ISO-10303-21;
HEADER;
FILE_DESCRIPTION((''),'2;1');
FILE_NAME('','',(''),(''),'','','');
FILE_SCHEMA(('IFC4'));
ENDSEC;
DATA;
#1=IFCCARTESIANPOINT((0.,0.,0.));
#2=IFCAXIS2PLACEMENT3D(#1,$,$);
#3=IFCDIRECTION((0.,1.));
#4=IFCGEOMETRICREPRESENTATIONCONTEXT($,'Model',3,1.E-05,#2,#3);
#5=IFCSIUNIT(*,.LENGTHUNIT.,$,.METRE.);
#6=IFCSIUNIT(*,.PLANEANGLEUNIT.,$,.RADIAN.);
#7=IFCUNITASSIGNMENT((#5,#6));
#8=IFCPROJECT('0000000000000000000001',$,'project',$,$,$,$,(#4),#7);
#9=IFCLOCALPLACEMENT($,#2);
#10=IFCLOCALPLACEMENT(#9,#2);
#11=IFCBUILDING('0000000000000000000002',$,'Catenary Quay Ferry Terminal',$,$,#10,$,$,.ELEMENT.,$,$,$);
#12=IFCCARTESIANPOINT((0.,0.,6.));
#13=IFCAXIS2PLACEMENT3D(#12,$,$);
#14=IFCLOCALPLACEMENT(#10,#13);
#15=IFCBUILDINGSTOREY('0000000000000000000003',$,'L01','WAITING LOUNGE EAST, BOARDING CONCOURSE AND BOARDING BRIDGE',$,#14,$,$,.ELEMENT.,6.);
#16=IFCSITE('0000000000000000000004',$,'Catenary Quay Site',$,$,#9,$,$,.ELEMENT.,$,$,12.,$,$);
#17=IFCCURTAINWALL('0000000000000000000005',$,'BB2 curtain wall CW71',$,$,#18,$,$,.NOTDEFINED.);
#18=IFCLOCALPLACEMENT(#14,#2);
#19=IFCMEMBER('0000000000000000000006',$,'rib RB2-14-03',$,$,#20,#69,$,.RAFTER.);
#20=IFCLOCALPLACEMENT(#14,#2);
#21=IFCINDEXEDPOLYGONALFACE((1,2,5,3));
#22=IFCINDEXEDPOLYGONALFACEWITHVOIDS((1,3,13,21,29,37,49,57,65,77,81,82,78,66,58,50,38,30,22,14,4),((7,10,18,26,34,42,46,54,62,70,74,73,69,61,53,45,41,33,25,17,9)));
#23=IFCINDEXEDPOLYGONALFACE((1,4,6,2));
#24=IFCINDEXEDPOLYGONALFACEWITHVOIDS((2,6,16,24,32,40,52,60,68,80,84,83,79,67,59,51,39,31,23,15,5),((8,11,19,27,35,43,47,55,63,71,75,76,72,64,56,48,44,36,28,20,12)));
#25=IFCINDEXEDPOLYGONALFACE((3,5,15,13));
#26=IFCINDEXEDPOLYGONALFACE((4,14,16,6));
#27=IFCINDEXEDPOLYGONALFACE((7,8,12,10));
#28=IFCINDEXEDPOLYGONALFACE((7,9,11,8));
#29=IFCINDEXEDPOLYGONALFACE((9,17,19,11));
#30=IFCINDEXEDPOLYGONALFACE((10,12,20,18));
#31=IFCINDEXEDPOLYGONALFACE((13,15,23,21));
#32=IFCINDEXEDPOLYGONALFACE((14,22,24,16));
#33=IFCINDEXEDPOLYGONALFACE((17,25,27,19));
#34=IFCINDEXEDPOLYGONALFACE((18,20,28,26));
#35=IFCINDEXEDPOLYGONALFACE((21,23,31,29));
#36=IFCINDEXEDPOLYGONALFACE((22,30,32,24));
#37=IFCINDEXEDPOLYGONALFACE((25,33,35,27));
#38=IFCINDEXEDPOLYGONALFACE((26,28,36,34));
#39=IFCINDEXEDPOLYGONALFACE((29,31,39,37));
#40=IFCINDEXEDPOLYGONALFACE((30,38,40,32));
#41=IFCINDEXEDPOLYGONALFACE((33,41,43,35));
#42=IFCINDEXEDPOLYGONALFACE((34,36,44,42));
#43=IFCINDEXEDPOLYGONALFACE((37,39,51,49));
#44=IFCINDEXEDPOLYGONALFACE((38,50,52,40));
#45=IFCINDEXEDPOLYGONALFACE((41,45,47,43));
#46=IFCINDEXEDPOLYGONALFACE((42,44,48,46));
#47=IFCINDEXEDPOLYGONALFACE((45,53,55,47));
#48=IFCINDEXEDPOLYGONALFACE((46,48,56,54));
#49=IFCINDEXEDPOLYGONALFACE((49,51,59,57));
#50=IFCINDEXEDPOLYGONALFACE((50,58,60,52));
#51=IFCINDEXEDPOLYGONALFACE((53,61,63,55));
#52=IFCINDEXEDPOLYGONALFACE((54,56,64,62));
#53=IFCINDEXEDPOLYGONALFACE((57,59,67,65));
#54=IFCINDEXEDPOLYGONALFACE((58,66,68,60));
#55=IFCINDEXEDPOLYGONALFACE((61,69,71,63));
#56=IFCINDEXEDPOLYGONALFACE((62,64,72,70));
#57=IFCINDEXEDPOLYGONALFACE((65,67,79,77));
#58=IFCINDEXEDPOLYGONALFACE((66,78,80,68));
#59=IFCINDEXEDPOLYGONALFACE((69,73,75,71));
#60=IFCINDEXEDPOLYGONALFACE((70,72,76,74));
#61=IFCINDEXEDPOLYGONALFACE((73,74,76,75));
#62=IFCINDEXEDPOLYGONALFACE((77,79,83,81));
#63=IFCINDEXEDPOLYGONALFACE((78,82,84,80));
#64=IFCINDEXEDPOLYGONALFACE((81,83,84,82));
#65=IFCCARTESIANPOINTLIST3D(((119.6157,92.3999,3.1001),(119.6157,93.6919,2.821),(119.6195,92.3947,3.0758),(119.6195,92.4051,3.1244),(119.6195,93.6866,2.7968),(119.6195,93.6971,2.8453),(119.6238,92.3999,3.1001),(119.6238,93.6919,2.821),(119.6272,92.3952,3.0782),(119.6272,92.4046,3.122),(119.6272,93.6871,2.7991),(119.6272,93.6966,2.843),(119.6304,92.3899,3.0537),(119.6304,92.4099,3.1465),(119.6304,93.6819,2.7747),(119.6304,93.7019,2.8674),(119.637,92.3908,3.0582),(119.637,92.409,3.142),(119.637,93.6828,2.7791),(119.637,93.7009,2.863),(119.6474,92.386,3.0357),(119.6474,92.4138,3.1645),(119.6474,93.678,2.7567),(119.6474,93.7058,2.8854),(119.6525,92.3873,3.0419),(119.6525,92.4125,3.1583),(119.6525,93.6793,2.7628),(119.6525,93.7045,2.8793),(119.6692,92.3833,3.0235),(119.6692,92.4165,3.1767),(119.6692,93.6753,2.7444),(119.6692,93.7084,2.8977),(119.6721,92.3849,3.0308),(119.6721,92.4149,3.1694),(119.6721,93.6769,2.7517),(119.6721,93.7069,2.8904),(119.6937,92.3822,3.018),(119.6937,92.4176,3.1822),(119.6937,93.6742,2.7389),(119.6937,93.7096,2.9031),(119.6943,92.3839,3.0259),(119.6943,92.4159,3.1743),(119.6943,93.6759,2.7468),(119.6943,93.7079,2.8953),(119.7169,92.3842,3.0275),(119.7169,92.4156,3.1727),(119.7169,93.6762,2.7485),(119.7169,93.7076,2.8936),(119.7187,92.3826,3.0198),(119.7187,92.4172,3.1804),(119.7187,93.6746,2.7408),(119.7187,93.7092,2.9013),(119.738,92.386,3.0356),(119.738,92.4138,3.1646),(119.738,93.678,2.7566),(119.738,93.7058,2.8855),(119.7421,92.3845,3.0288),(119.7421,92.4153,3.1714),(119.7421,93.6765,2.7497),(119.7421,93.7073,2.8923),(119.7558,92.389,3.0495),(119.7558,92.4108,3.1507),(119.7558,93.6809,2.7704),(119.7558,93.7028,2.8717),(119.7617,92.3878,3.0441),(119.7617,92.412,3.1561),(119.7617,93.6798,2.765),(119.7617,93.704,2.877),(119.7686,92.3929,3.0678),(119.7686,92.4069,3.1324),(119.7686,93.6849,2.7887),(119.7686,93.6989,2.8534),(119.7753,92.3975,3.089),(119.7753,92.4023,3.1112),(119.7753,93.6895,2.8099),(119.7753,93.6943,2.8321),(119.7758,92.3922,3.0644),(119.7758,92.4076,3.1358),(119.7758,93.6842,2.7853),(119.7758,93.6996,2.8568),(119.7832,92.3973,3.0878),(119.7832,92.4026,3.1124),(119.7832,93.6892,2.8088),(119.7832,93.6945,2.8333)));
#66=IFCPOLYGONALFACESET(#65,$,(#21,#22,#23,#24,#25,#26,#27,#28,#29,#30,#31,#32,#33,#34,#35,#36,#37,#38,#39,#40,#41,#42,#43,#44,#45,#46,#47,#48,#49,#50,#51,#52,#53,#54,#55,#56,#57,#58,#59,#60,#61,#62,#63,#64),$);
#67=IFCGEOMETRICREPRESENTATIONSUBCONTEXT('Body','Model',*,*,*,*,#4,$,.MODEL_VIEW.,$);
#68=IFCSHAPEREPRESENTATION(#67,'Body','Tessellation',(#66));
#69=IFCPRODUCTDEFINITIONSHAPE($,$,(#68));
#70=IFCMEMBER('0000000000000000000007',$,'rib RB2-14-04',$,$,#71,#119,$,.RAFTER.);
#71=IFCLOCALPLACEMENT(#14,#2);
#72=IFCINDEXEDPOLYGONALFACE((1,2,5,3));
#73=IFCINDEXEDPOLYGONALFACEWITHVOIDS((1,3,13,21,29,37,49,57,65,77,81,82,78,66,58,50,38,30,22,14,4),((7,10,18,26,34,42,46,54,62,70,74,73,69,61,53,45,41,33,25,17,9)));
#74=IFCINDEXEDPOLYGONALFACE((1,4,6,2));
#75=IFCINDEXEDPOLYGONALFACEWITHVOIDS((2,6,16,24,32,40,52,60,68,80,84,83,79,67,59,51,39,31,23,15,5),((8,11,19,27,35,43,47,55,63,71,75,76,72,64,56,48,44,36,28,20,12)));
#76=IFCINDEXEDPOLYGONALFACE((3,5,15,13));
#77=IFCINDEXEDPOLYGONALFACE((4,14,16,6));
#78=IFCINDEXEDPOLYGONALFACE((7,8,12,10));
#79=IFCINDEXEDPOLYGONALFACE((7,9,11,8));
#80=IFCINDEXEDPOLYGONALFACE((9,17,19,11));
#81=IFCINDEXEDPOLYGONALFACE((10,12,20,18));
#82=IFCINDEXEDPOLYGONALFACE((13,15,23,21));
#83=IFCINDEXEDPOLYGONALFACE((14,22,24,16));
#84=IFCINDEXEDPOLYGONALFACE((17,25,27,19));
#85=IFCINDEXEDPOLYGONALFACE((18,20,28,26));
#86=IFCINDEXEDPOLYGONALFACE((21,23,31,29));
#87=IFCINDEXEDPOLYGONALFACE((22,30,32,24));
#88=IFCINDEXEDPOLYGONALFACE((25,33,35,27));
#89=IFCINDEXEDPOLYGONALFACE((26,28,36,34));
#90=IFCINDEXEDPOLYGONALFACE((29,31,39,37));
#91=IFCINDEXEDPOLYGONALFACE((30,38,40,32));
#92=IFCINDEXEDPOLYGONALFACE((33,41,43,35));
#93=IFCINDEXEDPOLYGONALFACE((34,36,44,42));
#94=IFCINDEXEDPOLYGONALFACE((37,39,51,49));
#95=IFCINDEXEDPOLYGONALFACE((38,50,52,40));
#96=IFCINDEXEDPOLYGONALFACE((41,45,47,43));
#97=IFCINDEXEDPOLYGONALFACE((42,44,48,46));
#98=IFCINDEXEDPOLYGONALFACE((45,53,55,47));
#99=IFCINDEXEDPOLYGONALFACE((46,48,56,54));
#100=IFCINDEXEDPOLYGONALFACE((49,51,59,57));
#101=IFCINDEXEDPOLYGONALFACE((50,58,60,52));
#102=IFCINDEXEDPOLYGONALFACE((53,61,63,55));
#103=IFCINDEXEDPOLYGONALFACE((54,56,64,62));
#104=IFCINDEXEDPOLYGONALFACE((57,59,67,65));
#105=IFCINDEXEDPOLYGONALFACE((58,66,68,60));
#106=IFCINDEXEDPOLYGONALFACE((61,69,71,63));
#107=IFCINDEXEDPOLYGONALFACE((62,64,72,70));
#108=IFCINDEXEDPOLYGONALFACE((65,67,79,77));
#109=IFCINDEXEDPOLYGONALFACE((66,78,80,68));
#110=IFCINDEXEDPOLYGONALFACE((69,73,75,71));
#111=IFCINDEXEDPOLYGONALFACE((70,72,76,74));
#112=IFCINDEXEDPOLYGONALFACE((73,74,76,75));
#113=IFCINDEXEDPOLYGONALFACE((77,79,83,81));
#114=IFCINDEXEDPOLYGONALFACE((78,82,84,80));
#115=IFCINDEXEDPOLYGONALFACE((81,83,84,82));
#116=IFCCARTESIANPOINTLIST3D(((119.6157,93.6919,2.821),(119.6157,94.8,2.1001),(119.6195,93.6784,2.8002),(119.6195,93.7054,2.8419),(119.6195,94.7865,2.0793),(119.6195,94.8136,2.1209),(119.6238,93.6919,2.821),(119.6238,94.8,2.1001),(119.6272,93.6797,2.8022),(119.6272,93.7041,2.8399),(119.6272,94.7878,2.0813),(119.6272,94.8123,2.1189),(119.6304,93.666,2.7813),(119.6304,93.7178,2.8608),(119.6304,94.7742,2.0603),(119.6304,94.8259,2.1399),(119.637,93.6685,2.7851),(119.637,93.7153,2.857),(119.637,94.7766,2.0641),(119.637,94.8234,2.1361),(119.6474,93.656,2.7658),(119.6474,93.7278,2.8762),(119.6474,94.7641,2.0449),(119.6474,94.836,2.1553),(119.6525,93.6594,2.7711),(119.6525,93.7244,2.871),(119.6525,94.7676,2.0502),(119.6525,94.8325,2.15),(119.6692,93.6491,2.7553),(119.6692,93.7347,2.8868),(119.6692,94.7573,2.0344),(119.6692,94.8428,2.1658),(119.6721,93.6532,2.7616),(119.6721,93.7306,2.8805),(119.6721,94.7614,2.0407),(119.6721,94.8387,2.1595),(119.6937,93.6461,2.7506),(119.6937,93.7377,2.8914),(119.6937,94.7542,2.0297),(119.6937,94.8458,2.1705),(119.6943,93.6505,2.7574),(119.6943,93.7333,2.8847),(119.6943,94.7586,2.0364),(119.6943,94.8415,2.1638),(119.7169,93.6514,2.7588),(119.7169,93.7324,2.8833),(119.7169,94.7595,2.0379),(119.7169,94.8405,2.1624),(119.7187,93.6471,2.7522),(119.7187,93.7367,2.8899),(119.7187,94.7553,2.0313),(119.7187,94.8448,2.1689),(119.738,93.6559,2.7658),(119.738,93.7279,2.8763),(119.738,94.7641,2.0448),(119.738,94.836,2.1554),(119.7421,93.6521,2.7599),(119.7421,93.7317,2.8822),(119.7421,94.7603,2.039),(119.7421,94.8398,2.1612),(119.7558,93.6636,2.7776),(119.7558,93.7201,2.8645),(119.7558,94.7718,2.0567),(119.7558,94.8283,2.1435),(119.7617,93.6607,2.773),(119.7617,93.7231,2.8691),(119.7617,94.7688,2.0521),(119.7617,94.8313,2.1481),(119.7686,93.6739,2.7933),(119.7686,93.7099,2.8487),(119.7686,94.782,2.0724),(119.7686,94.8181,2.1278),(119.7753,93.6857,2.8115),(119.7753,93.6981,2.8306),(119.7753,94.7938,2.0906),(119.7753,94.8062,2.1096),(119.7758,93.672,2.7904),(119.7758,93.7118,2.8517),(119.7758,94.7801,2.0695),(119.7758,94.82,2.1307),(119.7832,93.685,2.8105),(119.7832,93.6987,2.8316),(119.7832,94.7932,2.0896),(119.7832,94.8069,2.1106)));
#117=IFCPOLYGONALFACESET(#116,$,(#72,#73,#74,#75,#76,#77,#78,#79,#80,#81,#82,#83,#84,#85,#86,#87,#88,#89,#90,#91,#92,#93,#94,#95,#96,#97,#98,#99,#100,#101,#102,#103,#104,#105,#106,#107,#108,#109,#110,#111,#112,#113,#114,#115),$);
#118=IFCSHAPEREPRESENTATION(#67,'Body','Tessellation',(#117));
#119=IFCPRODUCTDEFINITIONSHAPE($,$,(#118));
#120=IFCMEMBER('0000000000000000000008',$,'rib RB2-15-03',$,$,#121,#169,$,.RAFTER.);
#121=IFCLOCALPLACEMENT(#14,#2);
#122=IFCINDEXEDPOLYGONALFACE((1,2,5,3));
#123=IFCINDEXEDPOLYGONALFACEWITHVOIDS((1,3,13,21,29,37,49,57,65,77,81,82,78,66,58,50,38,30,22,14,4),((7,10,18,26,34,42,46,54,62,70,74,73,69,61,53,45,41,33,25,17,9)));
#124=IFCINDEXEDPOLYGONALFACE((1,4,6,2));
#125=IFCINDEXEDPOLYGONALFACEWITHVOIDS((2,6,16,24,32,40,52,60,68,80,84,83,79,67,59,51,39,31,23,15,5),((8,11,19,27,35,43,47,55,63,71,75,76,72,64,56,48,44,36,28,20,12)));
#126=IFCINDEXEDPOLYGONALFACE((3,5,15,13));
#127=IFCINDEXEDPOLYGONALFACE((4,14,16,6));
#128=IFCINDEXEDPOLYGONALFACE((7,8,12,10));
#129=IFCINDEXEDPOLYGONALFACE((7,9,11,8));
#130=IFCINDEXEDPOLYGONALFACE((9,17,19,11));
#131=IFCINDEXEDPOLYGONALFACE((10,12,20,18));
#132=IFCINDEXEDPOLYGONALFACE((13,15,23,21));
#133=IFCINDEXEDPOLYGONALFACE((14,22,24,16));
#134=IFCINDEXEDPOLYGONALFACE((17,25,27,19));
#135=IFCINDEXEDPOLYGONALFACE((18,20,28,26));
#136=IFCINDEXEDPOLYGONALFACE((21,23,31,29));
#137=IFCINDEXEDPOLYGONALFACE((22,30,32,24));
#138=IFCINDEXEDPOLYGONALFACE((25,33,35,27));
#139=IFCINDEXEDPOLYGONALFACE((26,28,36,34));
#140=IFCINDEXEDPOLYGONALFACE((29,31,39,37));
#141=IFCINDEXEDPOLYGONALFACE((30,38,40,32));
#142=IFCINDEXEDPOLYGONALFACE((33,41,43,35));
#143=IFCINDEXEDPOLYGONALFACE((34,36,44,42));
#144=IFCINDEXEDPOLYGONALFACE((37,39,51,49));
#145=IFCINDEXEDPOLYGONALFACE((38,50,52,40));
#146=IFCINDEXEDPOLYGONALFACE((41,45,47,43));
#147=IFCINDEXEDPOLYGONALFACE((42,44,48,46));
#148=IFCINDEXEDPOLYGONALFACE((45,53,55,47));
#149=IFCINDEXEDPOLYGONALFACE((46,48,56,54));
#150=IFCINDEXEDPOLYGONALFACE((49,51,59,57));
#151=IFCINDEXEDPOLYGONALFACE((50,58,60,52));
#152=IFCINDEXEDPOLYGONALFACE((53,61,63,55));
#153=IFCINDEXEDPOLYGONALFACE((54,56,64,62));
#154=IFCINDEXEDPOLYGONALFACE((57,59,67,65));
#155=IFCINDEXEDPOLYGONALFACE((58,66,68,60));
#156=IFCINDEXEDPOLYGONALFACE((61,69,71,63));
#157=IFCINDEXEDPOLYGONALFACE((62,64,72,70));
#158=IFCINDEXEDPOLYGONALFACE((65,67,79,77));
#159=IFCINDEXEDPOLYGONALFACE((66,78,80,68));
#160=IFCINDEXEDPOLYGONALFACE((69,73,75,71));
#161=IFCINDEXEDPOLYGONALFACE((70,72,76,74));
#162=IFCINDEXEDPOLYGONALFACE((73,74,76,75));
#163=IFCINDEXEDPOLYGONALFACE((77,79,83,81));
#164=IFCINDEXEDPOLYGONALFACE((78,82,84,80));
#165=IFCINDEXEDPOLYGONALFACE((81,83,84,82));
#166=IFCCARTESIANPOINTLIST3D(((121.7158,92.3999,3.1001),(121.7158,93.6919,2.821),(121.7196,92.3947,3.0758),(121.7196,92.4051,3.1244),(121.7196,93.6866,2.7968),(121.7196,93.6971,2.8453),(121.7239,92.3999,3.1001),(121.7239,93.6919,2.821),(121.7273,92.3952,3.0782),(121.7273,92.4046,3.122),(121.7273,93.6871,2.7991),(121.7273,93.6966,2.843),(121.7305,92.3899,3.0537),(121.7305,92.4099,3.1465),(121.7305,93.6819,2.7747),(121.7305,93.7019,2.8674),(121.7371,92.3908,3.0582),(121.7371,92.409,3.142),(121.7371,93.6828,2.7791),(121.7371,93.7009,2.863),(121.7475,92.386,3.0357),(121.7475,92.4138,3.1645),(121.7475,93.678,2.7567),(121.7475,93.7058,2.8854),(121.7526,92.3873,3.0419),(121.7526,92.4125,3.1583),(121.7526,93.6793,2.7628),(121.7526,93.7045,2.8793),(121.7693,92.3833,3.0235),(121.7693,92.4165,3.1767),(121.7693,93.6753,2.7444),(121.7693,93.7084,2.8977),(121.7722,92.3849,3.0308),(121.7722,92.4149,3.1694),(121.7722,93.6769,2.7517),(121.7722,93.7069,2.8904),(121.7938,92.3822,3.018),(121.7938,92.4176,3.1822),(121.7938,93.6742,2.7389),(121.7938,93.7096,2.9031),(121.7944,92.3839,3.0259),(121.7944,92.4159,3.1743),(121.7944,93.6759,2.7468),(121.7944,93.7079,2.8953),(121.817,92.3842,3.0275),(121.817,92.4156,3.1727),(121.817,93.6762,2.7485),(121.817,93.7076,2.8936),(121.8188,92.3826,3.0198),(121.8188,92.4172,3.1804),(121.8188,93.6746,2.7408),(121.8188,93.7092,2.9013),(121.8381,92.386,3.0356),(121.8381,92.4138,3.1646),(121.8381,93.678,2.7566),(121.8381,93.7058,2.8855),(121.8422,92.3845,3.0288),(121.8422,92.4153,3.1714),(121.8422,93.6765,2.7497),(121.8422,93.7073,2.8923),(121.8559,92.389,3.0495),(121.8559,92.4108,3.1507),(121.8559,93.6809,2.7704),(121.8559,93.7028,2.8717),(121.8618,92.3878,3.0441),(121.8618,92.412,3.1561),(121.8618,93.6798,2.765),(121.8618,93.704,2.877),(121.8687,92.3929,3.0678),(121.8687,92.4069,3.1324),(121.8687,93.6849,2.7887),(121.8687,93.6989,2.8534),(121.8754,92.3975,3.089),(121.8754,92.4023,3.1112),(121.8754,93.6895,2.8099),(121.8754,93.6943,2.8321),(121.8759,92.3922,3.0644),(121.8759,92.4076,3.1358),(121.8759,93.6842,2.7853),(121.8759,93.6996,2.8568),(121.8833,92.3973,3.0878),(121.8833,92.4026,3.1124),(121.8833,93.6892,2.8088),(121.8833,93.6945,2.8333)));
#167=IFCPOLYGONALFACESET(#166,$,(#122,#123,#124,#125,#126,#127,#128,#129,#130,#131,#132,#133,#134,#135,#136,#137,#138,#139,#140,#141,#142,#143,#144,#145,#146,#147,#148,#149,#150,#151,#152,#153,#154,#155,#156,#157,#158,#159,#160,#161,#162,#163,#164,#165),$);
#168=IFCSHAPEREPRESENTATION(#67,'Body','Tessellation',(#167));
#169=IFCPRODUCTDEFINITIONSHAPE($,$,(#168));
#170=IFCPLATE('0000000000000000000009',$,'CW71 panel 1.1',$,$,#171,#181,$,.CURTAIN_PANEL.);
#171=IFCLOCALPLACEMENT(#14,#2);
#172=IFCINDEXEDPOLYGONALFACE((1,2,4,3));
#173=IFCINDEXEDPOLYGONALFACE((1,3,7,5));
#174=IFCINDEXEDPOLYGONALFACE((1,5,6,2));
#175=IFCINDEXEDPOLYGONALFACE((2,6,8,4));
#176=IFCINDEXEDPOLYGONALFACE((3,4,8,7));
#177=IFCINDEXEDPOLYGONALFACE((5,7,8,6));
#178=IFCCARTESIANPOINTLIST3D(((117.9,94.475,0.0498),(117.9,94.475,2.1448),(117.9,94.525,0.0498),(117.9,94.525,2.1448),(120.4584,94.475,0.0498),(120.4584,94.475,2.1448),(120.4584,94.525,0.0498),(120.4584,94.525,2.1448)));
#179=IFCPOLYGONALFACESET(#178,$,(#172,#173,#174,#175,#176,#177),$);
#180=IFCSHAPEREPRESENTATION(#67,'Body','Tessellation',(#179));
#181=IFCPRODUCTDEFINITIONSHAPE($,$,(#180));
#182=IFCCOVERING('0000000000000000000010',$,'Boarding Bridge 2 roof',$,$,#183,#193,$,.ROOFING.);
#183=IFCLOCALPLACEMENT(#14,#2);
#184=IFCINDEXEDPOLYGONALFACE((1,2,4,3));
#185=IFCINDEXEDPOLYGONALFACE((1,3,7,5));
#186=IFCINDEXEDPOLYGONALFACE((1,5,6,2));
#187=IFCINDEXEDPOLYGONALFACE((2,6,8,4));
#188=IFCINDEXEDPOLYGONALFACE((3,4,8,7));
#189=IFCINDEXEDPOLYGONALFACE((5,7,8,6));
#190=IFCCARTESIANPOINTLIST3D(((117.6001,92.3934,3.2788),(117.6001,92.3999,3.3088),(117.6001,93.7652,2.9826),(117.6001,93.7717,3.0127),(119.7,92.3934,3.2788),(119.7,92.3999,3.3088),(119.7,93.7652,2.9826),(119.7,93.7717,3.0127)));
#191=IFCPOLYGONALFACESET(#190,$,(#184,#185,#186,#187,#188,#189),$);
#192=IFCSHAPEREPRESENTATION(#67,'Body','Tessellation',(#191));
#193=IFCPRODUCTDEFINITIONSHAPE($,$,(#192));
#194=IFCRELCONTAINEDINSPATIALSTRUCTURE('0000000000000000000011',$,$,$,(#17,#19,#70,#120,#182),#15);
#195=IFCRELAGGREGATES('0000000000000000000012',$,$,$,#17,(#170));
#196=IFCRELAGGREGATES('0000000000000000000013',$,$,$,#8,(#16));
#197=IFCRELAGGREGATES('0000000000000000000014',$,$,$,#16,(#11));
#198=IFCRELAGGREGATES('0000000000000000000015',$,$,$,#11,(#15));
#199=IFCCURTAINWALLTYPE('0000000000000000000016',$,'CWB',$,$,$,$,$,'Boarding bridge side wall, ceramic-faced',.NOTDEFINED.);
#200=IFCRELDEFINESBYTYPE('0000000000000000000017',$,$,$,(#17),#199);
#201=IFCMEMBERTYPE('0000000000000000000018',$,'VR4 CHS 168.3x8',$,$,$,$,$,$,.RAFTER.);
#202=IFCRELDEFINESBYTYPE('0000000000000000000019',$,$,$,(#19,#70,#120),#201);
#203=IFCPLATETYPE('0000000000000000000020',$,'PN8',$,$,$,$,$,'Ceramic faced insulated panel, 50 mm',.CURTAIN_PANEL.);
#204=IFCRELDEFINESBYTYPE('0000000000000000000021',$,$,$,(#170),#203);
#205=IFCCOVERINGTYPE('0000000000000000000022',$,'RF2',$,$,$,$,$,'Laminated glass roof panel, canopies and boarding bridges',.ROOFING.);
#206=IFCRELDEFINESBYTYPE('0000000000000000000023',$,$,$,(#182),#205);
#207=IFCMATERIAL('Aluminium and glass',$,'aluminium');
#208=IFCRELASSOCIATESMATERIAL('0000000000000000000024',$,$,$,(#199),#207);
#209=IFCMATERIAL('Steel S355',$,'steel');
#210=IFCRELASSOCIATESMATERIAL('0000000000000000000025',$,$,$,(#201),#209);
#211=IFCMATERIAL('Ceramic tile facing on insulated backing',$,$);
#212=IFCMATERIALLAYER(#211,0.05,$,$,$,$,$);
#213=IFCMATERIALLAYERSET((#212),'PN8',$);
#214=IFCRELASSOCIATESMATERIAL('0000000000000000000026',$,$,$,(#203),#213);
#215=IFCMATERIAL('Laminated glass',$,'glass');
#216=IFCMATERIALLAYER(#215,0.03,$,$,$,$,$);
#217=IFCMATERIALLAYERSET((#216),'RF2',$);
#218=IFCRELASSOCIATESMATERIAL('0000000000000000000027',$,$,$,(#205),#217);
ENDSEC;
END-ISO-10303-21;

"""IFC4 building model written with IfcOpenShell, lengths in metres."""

from ifc_helpers import new_model, si_unit, direction, frame, origin, origin_2d, place, context, subcontext, project, spatial, polyline, rectangle, hollow_circle, outline, extrude, material, layer, layer_set, material_profile, profile_set, type_object, element, aggregate, save


model = new_model("IFC4")

# Units and contexts
model_context = context("Model", 3, precision=1e-05, world=origin(), true_north=direction((0.0, 1.0)))
body_context = subcontext(model_context, "Body", "Model", "MODEL_VIEW")
ifc_project = project(units=[si_unit("LENGTHUNIT", "METRE"), si_unit("PLANEANGLEUNIT", "RADIAN")], contexts=[model_context])

# Site, building, storey
site_placement = place(None, origin())
site = spatial("IfcSite", under=ifc_project, at=site_placement, Name="Catenary Quay Site", CompositionType="ELEMENT", RefElevation=12.0)
building_placement = place(site_placement, origin())
building = spatial("IfcBuilding", under=site, at=building_placement, Name="Catenary Quay Ferry Terminal", CompositionType="ELEMENT")
storey_placement = place(building_placement, frame((0.0, 0.0, 6.0)))
storey = spatial("IfcBuildingStorey", under=building, at=storey_placement, Name="L01", Description="WAITING LOUNGE EAST, BOARDING CONCOURSE AND BOARDING BRIDGE", CompositionType="ELEMENT", Elevation=6.0)

# Curtain wall
ifc_material_1 = material(Name="Aluminium and glass", Category="aluminium")
curtain_wall_type = type_object("IfcCurtainWallType", Name="CWB", ElementType="Boarding bridge side wall, ceramic-faced", PredefinedType="NOTDEFINED", material=ifc_material_1)
curtain_wall_placement = place(storey_placement, origin())
curtain_wall = element("IfcCurtainWall", 1, at=curtain_wall_placement, inside=storey, type_object=curtain_wall_type, Name="BB2 curtain wall CW71", PredefinedType="NOTDEFINED")

# Members
ifc_material_2 = material(Name="Steel S355", Category="steel")
ifc_material_profile_1 = material_profile(ifc_material_2, hollow_circle(Radius=0.0842, WallThickness=0.0081, at=origin_2d()), Name="CHS 168.3x8")
ifc_profile_set_1 = profile_set([ifc_material_profile_1], Name="Steel S355")
member_type_1 = type_object("IfcMemberType", Name="VR4 CHS 168.3x8", PredefinedType="RAFTER", material=ifc_profile_set_1)
member_1_placement = place(storey_placement, frame((119.7, 92.3999, 3.1001), z_axis=(0.0, 0.977461, -0.211118), x_axis=(-1.0, 0.0, 0.0)))
element("IfcMember", 2, at=member_1_placement, inside=storey, type_object=member_type_1, Name="rib RB2-14-03", PredefinedType="RAFTER", context=body_context, shape_type="SweptSolid", body=[
    extrude(hollow_circle(Radius=0.0842, WallThickness=0.0081, at=origin_2d()), origin(), (0.0, 0.0, 1.0), 1.3218),
])
member_2_placement = place(storey_placement, frame((119.7, 93.6919, 2.821), z_axis=(0.0, 0.83822, -0.545332), x_axis=(-1.0, 0.0, 0.0)))
element("IfcMember", 3, at=member_2_placement, inside=storey, type_object=member_type_1, Name="rib RB2-14-04", PredefinedType="RAFTER", context=body_context, shape_type="SweptSolid", body=[
    extrude(hollow_circle(Radius=0.0842, WallThickness=0.0081, at=origin_2d()), origin(), (0.0, 0.0, 1.0), 1.322),
])
member_3_placement = place(storey_placement, frame((121.8, 92.3999, 3.1001), z_axis=(0.0, 0.977461, -0.211118), x_axis=(-1.0, 0.0, 0.0)))
element("IfcMember", 4, at=member_3_placement, inside=storey, type_object=member_type_1, Name="rib RB2-15-03", PredefinedType="RAFTER", context=body_context, shape_type="SweptSolid", body=[
    extrude(hollow_circle(Radius=0.0842, WallThickness=0.0081, at=origin_2d()), origin(), (0.0, 0.0, 1.0), 1.3218),
])

# Plate
ifc_material_3 = material(Name="Ceramic tile facing on insulated backing")
ifc_layer_1 = layer(ifc_material_3, 0.05)
ifc_layer_set_1 = layer_set([ifc_layer_1], Name="PN8")
plate_type = type_object("IfcPlateType", Name="PN8", ElementType="Ceramic faced insulated panel, 50 mm", PredefinedType="CURTAIN_PANEL", material=ifc_layer_set_1)
plate_placement = place(storey_placement, frame((119.1792, 94.5, 0.0498), z_axis=(0.0, 0.0, 1.0), x_axis=(1.0, 0.0, 0.0)))
plate = element("IfcPlate", 5, at=plate_placement, type_object=plate_type, Name="CW71 panel 1.1", PredefinedType="CURTAIN_PANEL", context=body_context, shape_type="SweptSolid", body=[
    extrude(rectangle(XDim=2.5583, YDim=0.05, at=origin_2d()), origin(), (0.0, 0.0, 1.0), 2.095),
])
aggregate(curtain_wall, [plate])

# Covering
ifc_material_4 = material(Name="Laminated glass", Category="glass")
ifc_layer_2 = layer(ifc_material_4, 0.03)
ifc_layer_set_2 = layer_set([ifc_layer_2], Name="RF2")
covering_type = type_object("IfcCoveringType", Name="RF2", ElementType="Laminated glass roof panel, canopies and boarding bridges", PredefinedType="ROOFING", material=ifc_layer_set_2)
covering_1_placement = place(storey_placement, frame((117.6001, 92.3999, 3.3088), z_axis=(0.0, 0.211014, 0.977483), x_axis=(1.0, 0.0, 0.0)))
element("IfcCovering", 6, at=covering_1_placement, inside=storey, type_object=covering_type, Name="Boarding Bridge 2 roof", PredefinedType="ROOFING", context=body_context, shape_type="SweptSolid", body=[
    extrude(outline(polyline([(0.0, 0.0), (2.0999, 0.0), (2.0999, 1.4034), (0.0, 1.4034), (0.0, 0.0)])), origin(), (0.0, 0.0, -1.0), 0.0308),
])

save(model, "model.ifc")
